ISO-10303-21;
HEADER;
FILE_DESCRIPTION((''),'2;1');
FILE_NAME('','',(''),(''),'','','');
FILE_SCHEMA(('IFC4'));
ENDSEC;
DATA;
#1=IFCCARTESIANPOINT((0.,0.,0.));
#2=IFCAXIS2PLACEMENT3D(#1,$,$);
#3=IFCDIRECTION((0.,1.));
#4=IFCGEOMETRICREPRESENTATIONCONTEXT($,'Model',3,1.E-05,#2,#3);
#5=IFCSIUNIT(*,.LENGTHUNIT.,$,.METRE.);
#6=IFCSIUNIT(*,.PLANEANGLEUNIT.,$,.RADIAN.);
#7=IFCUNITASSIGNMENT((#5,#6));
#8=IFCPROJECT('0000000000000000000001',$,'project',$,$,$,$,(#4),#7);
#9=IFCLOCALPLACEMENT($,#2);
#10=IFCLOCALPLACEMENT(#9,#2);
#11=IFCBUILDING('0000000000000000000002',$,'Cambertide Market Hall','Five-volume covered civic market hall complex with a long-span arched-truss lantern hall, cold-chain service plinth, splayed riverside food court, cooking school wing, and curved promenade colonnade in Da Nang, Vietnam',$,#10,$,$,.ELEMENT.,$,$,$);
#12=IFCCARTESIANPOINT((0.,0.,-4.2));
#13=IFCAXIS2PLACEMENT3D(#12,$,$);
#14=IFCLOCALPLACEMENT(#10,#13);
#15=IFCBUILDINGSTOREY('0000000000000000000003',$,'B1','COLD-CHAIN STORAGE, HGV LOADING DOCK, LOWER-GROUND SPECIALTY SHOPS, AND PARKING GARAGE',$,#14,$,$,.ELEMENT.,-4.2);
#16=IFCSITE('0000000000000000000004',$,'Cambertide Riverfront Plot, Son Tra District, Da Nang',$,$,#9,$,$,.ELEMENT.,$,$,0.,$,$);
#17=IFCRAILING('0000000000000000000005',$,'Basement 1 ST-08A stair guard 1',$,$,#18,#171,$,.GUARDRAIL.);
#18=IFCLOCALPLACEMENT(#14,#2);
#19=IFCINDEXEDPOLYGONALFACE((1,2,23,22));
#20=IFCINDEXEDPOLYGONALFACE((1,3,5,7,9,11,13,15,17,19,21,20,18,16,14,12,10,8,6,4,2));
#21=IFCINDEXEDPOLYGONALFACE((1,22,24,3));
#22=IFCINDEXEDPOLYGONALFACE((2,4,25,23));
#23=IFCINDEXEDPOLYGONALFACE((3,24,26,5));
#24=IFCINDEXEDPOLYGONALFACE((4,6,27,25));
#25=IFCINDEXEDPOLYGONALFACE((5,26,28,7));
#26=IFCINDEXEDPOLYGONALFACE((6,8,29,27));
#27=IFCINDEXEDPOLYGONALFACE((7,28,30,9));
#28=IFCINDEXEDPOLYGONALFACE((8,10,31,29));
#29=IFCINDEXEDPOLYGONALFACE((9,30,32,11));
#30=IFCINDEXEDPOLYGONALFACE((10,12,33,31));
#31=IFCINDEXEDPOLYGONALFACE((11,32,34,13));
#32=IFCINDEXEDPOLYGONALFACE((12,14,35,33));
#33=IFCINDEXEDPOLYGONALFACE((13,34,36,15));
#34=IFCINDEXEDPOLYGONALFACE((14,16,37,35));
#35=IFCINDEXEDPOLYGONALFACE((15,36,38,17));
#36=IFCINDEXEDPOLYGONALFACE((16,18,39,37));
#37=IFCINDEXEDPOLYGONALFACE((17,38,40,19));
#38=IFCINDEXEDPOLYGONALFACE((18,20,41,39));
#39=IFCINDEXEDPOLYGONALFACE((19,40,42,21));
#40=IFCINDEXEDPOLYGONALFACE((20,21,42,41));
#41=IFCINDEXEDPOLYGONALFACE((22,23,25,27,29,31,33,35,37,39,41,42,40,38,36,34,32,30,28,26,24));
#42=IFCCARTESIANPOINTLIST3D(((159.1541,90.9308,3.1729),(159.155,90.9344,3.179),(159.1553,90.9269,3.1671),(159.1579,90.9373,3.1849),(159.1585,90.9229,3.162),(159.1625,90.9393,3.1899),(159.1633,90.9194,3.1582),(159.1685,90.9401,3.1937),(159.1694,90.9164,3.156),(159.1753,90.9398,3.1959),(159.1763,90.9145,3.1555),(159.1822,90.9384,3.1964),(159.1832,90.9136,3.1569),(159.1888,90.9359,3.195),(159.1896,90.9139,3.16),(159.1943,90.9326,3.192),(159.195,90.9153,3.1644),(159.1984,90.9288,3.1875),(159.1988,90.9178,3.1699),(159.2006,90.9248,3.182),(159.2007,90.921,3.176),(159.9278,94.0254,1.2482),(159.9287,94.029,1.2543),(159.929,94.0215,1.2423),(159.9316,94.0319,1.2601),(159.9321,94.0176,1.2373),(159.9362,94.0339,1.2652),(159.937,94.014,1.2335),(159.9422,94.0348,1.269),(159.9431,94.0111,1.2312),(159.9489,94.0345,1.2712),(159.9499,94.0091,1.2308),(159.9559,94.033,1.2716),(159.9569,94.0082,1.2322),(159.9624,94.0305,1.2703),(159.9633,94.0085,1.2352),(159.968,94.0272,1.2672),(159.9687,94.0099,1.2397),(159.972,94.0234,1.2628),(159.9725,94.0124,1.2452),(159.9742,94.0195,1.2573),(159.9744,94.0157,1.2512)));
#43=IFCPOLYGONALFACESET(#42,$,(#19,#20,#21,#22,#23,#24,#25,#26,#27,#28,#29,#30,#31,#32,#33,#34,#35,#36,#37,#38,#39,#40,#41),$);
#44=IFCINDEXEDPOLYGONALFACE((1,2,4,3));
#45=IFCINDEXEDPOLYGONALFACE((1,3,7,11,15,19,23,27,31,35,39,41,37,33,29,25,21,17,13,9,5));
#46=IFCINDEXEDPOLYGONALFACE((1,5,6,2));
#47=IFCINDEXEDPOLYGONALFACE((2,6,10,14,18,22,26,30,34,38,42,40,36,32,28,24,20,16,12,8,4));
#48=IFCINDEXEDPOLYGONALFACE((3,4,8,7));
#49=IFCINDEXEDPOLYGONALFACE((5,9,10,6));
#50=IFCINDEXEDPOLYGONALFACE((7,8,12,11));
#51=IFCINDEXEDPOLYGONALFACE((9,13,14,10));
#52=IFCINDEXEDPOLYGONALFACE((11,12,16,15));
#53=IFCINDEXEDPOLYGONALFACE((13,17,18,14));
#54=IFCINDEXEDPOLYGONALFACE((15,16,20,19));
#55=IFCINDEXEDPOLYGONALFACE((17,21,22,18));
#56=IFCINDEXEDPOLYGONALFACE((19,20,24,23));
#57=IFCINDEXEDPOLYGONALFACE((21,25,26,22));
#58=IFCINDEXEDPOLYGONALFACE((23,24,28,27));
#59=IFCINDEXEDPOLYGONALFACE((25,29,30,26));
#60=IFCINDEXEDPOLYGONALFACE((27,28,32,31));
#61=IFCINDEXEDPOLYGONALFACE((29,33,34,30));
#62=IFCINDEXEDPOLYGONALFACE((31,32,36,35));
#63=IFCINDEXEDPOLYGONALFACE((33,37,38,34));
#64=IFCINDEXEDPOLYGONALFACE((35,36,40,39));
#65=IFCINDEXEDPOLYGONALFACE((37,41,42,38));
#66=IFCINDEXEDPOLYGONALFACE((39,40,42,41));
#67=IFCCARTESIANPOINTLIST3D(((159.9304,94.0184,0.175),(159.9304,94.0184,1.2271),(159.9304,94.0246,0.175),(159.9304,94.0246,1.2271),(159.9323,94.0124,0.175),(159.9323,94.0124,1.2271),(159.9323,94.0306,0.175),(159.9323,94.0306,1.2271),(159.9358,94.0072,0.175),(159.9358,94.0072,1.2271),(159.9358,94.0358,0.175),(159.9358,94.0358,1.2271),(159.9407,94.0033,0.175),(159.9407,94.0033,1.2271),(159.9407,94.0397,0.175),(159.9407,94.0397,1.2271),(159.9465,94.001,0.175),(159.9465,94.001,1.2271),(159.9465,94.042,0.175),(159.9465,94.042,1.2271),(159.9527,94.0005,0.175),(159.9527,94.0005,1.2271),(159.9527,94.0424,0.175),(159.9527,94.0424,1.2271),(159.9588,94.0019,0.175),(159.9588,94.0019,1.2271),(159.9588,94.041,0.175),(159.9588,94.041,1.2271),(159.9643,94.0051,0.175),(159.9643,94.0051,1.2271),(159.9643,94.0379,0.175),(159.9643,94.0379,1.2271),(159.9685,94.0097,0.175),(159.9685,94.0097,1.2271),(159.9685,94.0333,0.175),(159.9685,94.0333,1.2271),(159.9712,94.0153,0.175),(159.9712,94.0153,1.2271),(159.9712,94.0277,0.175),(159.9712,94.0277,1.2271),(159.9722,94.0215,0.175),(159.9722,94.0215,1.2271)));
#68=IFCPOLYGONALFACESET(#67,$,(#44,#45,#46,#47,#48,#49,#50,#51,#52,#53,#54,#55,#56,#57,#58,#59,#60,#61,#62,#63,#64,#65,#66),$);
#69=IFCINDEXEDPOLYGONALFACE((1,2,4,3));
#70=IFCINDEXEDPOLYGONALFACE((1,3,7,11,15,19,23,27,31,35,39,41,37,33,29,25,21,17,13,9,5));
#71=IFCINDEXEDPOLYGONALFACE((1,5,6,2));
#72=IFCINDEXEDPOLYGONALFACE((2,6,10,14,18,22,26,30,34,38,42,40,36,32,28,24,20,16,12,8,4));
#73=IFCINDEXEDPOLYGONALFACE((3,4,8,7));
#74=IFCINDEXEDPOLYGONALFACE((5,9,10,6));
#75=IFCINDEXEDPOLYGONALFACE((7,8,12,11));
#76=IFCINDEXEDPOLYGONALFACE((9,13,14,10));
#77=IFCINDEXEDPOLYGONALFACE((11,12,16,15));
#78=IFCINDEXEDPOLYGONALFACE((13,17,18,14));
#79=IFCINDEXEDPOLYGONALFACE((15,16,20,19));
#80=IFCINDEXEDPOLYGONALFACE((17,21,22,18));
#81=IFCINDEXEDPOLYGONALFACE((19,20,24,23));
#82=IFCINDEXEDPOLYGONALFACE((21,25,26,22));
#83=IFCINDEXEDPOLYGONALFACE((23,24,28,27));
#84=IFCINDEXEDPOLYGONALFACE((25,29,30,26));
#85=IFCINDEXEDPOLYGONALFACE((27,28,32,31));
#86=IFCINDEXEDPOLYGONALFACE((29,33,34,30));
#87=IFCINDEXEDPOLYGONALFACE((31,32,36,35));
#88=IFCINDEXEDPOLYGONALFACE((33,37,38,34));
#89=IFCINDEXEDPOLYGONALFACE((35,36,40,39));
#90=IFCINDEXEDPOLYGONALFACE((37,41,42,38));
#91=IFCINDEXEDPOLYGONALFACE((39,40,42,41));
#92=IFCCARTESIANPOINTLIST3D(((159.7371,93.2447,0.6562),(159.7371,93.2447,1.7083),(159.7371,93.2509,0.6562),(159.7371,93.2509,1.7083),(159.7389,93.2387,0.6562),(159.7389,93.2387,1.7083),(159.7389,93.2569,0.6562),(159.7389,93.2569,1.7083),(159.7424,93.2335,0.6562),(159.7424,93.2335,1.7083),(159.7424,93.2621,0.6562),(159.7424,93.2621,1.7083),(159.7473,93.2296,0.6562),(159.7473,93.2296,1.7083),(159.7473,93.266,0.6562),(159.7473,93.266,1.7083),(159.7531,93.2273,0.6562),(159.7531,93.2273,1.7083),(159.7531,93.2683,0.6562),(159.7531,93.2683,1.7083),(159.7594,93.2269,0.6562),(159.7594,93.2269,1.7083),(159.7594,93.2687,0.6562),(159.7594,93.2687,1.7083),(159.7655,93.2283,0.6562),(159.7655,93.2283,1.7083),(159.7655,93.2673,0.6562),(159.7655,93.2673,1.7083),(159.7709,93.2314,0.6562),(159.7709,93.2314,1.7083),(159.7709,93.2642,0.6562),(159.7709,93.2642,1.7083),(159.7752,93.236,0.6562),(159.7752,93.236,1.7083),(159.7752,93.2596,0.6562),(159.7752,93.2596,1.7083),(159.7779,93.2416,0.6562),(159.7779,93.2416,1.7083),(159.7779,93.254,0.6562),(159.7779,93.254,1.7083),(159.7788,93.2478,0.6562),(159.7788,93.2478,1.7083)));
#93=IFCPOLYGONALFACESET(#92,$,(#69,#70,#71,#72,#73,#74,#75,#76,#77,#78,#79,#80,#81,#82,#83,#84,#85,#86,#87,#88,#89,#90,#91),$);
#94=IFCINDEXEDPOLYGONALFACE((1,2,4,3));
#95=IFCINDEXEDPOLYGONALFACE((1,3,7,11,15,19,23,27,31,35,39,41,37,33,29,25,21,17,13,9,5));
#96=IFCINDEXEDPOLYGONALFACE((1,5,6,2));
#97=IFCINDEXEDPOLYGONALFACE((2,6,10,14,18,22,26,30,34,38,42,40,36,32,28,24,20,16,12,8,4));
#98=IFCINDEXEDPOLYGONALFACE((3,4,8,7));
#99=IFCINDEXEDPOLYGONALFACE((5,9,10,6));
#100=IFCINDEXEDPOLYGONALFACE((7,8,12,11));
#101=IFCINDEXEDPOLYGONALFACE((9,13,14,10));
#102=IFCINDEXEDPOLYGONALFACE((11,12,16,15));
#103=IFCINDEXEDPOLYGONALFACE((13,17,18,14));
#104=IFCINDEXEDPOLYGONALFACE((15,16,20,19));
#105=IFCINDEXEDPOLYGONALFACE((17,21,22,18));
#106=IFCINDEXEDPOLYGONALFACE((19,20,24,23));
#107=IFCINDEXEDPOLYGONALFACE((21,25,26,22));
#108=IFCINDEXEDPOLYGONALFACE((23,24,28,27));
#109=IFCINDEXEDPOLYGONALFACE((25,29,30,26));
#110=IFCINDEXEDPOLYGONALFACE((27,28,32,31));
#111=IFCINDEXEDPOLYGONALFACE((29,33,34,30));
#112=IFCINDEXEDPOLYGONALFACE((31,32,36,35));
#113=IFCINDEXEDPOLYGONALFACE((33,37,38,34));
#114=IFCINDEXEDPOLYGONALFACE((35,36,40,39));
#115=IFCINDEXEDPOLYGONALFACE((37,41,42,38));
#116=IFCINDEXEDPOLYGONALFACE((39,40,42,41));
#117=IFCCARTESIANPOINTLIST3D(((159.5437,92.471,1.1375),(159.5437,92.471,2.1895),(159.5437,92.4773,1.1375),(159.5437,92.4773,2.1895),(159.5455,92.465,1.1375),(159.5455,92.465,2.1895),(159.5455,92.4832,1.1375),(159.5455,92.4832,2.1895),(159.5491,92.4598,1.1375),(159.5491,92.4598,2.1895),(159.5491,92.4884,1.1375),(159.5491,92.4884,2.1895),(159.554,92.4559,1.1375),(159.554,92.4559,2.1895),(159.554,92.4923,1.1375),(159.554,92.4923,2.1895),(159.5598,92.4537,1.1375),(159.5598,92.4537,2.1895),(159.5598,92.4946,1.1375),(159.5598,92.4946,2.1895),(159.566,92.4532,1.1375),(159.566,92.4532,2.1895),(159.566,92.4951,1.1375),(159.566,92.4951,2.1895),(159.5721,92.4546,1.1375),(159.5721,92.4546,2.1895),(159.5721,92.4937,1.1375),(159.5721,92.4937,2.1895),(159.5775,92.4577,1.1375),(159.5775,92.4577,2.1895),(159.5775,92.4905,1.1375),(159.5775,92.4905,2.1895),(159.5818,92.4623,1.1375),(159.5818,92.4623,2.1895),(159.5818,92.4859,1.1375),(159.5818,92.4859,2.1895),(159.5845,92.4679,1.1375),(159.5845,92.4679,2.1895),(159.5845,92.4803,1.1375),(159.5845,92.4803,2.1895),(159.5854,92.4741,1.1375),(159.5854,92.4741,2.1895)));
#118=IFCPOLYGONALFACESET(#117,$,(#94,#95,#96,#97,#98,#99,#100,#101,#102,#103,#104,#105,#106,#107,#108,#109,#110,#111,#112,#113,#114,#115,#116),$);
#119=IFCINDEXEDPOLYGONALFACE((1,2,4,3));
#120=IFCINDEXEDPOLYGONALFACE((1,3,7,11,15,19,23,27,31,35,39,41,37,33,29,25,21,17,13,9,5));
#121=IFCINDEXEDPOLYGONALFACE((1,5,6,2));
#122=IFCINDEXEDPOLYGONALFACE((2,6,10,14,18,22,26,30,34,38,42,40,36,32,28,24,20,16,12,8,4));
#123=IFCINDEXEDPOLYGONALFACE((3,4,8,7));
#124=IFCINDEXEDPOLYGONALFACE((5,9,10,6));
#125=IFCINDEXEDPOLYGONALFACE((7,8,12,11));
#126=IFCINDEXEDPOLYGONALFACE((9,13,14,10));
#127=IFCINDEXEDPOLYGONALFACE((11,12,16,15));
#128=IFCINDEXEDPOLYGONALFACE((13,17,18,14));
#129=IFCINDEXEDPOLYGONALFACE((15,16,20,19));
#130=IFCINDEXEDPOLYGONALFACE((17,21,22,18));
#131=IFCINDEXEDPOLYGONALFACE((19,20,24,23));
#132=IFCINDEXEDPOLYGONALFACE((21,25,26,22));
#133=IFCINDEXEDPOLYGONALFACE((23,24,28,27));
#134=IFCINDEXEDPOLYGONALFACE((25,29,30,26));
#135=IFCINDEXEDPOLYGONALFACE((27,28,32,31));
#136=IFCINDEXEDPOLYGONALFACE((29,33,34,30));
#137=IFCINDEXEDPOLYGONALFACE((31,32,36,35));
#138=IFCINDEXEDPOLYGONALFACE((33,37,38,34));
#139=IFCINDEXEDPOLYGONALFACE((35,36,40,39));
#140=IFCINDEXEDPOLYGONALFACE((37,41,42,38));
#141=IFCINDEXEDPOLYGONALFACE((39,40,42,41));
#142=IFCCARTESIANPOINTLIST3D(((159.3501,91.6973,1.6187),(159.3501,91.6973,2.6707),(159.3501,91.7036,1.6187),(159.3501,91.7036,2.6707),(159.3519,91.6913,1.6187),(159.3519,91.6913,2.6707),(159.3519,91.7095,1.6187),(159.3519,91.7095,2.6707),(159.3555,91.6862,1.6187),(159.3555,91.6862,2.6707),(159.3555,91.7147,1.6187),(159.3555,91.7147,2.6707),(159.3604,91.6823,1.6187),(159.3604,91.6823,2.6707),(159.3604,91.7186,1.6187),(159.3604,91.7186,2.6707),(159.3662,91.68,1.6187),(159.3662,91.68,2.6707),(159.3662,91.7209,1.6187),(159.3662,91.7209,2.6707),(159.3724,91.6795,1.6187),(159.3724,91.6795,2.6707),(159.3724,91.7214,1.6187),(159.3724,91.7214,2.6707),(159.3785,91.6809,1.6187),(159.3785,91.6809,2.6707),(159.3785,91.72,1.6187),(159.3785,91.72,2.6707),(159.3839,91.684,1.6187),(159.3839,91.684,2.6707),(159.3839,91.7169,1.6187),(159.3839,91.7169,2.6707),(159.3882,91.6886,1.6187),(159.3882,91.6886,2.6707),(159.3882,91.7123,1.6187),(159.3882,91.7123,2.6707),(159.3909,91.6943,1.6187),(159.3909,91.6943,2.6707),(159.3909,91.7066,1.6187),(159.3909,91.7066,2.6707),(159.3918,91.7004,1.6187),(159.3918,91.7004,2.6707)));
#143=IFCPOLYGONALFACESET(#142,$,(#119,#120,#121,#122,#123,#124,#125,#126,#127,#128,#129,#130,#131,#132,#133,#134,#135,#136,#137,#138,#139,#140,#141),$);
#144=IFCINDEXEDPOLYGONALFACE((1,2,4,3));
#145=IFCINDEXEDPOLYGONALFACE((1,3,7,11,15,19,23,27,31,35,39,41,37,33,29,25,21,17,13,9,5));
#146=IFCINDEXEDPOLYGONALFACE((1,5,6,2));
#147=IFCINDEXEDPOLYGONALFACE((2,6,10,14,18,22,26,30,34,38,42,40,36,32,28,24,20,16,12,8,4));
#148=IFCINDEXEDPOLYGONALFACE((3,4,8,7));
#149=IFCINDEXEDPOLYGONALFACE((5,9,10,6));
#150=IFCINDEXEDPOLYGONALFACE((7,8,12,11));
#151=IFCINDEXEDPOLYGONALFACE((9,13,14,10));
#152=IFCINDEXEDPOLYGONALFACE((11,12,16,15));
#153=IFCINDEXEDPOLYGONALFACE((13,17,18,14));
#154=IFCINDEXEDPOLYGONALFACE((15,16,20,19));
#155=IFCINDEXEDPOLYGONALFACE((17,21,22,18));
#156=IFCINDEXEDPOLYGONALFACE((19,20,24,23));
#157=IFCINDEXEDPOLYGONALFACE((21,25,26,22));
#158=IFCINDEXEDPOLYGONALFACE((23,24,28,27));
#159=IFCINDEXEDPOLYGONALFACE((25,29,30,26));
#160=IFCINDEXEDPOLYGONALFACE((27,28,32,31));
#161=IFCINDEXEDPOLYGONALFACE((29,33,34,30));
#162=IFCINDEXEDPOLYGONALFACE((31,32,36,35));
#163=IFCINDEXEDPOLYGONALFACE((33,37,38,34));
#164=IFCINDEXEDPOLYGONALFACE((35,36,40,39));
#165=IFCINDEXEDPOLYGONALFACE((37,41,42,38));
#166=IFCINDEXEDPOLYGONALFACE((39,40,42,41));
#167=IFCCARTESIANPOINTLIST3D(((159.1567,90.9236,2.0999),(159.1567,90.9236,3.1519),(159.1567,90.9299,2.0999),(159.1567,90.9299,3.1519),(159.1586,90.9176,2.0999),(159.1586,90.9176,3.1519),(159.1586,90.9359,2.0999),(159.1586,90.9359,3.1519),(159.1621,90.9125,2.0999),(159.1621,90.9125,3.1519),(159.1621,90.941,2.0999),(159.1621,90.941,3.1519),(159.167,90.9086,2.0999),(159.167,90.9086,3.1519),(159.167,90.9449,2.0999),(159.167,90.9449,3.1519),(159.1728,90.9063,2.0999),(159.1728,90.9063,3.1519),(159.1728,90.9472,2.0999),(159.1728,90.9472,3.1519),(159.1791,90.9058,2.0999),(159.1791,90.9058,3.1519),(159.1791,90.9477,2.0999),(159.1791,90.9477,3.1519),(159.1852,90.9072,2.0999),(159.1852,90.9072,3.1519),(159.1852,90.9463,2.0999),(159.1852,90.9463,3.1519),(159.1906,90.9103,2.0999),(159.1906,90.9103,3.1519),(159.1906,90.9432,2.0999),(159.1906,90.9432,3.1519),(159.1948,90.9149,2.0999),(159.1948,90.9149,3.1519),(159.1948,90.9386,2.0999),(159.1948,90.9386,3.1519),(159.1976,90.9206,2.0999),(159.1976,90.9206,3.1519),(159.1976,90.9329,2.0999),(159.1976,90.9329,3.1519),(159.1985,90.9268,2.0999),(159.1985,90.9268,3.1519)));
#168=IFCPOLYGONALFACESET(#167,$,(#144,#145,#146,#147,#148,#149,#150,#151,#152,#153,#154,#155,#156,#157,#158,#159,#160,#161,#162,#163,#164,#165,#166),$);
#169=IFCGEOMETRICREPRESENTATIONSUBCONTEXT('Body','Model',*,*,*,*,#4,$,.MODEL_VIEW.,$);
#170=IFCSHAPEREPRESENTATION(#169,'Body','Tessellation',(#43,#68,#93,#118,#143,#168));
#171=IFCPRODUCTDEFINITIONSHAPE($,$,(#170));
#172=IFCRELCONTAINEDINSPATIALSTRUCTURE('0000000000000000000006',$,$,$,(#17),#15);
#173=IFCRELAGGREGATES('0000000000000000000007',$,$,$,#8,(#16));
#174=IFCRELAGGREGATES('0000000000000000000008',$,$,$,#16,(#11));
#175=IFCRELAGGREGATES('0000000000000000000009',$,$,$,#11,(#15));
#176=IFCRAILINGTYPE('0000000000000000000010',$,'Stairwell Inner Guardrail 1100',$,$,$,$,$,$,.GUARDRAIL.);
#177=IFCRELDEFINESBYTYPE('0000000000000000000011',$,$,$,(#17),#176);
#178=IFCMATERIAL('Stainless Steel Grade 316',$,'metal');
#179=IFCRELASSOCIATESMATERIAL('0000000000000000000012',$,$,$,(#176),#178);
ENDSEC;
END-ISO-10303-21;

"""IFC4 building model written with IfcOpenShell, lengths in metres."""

from ifc_helpers import new_model, si_unit, direction, frame, origin, origin_2d, place, context, subcontext, project, spatial, circle, extrude, material, type_object, element, save


model = new_model("IFC4")

# Units and contexts
model_context = context("Model", 3, precision=1e-05, world=origin(), true_north=direction((0.0, 1.0)))
body_context = subcontext(model_context, "Body", "Model", "MODEL_VIEW")
ifc_project = project(units=[si_unit("LENGTHUNIT", "METRE"), si_unit("PLANEANGLEUNIT", "RADIAN")], contexts=[model_context])

# Site, building, storey
site_placement = place(None, origin())
site = spatial("IfcSite", under=ifc_project, at=site_placement, Name="Cambertide Riverfront Plot, Son Tra District, Da Nang", CompositionType="ELEMENT", RefElevation=0.0)
building_placement = place(site_placement, origin())
building = spatial("IfcBuilding", under=site, at=building_placement, Name="Cambertide Market Hall", Description="Five-volume covered civic market hall complex with a long-span arched-truss lantern hall, cold-chain service plinth, splayed riverside food court, cooking school wing, and curved promenade colonnade in Da Nang, Vietnam", CompositionType="ELEMENT")
storey_placement = place(building_placement, frame((0.0, 0.0, -4.2)))
storey = spatial("IfcBuildingStorey", under=building, at=storey_placement, Name="B1", Description="COLD-CHAIN STORAGE, HGV LOADING DOCK, LOWER-GROUND SPECIALTY SHOPS, AND PARKING GARAGE", CompositionType="ELEMENT", Elevation=-4.2)

# Railing
ifc_material_1 = material(Name="Stainless Steel Grade 316", Category="metal")
railing_type_1 = type_object("IfcRailingType", Name="Stairwell Inner Guardrail 1100", PredefinedType="GUARDRAIL", material=ifc_material_1)
railing_1_placement = place(storey_placement, frame((159.9512, 94.0215, 0.175)))
element("IfcRailing", 1, at=railing_1_placement, inside=storey, type_object=railing_type_1, Name="Basement 1 ST-08A stair guard 1", PredefinedType="GUARDRAIL", context=body_context, shape_type="SweptSolid", body=[
    extrude(circle(Radius=0.0239, at=origin_2d()), frame((0.0, 0.0, 1.0762), z_axis=(-0.207661, -0.830645, 0.51663), x_axis=(0.970143, -0.242536, 0.0)), (0.0, 0.0, 1.0), 3.7256),
    extrude(circle(Radius=0.021, at=origin_2d()), origin(), (0.0, 0.0, 1.0), 1.052),
    extrude(circle(Radius=0.021, at=origin_2d()), frame((-0.1934, -0.7737, 0.4812)), (0.0, 0.0, 1.0), 1.052),
    extrude(circle(Radius=0.021, at=origin_2d()), frame((-0.3867, -1.5474, 0.9624)), (0.0, 0.0, 1.0), 1.052),
    extrude(circle(Radius=0.021, at=origin_2d()), frame((-0.5803, -2.321, 1.4436)), (0.0, 0.0, 1.0), 1.052),
    extrude(circle(Radius=0.021, at=origin_2d()), frame((-0.7737, -3.0947, 1.9248)), (0.0, 0.0, 1.0), 1.052),
])

save(model, "model.ifc")
